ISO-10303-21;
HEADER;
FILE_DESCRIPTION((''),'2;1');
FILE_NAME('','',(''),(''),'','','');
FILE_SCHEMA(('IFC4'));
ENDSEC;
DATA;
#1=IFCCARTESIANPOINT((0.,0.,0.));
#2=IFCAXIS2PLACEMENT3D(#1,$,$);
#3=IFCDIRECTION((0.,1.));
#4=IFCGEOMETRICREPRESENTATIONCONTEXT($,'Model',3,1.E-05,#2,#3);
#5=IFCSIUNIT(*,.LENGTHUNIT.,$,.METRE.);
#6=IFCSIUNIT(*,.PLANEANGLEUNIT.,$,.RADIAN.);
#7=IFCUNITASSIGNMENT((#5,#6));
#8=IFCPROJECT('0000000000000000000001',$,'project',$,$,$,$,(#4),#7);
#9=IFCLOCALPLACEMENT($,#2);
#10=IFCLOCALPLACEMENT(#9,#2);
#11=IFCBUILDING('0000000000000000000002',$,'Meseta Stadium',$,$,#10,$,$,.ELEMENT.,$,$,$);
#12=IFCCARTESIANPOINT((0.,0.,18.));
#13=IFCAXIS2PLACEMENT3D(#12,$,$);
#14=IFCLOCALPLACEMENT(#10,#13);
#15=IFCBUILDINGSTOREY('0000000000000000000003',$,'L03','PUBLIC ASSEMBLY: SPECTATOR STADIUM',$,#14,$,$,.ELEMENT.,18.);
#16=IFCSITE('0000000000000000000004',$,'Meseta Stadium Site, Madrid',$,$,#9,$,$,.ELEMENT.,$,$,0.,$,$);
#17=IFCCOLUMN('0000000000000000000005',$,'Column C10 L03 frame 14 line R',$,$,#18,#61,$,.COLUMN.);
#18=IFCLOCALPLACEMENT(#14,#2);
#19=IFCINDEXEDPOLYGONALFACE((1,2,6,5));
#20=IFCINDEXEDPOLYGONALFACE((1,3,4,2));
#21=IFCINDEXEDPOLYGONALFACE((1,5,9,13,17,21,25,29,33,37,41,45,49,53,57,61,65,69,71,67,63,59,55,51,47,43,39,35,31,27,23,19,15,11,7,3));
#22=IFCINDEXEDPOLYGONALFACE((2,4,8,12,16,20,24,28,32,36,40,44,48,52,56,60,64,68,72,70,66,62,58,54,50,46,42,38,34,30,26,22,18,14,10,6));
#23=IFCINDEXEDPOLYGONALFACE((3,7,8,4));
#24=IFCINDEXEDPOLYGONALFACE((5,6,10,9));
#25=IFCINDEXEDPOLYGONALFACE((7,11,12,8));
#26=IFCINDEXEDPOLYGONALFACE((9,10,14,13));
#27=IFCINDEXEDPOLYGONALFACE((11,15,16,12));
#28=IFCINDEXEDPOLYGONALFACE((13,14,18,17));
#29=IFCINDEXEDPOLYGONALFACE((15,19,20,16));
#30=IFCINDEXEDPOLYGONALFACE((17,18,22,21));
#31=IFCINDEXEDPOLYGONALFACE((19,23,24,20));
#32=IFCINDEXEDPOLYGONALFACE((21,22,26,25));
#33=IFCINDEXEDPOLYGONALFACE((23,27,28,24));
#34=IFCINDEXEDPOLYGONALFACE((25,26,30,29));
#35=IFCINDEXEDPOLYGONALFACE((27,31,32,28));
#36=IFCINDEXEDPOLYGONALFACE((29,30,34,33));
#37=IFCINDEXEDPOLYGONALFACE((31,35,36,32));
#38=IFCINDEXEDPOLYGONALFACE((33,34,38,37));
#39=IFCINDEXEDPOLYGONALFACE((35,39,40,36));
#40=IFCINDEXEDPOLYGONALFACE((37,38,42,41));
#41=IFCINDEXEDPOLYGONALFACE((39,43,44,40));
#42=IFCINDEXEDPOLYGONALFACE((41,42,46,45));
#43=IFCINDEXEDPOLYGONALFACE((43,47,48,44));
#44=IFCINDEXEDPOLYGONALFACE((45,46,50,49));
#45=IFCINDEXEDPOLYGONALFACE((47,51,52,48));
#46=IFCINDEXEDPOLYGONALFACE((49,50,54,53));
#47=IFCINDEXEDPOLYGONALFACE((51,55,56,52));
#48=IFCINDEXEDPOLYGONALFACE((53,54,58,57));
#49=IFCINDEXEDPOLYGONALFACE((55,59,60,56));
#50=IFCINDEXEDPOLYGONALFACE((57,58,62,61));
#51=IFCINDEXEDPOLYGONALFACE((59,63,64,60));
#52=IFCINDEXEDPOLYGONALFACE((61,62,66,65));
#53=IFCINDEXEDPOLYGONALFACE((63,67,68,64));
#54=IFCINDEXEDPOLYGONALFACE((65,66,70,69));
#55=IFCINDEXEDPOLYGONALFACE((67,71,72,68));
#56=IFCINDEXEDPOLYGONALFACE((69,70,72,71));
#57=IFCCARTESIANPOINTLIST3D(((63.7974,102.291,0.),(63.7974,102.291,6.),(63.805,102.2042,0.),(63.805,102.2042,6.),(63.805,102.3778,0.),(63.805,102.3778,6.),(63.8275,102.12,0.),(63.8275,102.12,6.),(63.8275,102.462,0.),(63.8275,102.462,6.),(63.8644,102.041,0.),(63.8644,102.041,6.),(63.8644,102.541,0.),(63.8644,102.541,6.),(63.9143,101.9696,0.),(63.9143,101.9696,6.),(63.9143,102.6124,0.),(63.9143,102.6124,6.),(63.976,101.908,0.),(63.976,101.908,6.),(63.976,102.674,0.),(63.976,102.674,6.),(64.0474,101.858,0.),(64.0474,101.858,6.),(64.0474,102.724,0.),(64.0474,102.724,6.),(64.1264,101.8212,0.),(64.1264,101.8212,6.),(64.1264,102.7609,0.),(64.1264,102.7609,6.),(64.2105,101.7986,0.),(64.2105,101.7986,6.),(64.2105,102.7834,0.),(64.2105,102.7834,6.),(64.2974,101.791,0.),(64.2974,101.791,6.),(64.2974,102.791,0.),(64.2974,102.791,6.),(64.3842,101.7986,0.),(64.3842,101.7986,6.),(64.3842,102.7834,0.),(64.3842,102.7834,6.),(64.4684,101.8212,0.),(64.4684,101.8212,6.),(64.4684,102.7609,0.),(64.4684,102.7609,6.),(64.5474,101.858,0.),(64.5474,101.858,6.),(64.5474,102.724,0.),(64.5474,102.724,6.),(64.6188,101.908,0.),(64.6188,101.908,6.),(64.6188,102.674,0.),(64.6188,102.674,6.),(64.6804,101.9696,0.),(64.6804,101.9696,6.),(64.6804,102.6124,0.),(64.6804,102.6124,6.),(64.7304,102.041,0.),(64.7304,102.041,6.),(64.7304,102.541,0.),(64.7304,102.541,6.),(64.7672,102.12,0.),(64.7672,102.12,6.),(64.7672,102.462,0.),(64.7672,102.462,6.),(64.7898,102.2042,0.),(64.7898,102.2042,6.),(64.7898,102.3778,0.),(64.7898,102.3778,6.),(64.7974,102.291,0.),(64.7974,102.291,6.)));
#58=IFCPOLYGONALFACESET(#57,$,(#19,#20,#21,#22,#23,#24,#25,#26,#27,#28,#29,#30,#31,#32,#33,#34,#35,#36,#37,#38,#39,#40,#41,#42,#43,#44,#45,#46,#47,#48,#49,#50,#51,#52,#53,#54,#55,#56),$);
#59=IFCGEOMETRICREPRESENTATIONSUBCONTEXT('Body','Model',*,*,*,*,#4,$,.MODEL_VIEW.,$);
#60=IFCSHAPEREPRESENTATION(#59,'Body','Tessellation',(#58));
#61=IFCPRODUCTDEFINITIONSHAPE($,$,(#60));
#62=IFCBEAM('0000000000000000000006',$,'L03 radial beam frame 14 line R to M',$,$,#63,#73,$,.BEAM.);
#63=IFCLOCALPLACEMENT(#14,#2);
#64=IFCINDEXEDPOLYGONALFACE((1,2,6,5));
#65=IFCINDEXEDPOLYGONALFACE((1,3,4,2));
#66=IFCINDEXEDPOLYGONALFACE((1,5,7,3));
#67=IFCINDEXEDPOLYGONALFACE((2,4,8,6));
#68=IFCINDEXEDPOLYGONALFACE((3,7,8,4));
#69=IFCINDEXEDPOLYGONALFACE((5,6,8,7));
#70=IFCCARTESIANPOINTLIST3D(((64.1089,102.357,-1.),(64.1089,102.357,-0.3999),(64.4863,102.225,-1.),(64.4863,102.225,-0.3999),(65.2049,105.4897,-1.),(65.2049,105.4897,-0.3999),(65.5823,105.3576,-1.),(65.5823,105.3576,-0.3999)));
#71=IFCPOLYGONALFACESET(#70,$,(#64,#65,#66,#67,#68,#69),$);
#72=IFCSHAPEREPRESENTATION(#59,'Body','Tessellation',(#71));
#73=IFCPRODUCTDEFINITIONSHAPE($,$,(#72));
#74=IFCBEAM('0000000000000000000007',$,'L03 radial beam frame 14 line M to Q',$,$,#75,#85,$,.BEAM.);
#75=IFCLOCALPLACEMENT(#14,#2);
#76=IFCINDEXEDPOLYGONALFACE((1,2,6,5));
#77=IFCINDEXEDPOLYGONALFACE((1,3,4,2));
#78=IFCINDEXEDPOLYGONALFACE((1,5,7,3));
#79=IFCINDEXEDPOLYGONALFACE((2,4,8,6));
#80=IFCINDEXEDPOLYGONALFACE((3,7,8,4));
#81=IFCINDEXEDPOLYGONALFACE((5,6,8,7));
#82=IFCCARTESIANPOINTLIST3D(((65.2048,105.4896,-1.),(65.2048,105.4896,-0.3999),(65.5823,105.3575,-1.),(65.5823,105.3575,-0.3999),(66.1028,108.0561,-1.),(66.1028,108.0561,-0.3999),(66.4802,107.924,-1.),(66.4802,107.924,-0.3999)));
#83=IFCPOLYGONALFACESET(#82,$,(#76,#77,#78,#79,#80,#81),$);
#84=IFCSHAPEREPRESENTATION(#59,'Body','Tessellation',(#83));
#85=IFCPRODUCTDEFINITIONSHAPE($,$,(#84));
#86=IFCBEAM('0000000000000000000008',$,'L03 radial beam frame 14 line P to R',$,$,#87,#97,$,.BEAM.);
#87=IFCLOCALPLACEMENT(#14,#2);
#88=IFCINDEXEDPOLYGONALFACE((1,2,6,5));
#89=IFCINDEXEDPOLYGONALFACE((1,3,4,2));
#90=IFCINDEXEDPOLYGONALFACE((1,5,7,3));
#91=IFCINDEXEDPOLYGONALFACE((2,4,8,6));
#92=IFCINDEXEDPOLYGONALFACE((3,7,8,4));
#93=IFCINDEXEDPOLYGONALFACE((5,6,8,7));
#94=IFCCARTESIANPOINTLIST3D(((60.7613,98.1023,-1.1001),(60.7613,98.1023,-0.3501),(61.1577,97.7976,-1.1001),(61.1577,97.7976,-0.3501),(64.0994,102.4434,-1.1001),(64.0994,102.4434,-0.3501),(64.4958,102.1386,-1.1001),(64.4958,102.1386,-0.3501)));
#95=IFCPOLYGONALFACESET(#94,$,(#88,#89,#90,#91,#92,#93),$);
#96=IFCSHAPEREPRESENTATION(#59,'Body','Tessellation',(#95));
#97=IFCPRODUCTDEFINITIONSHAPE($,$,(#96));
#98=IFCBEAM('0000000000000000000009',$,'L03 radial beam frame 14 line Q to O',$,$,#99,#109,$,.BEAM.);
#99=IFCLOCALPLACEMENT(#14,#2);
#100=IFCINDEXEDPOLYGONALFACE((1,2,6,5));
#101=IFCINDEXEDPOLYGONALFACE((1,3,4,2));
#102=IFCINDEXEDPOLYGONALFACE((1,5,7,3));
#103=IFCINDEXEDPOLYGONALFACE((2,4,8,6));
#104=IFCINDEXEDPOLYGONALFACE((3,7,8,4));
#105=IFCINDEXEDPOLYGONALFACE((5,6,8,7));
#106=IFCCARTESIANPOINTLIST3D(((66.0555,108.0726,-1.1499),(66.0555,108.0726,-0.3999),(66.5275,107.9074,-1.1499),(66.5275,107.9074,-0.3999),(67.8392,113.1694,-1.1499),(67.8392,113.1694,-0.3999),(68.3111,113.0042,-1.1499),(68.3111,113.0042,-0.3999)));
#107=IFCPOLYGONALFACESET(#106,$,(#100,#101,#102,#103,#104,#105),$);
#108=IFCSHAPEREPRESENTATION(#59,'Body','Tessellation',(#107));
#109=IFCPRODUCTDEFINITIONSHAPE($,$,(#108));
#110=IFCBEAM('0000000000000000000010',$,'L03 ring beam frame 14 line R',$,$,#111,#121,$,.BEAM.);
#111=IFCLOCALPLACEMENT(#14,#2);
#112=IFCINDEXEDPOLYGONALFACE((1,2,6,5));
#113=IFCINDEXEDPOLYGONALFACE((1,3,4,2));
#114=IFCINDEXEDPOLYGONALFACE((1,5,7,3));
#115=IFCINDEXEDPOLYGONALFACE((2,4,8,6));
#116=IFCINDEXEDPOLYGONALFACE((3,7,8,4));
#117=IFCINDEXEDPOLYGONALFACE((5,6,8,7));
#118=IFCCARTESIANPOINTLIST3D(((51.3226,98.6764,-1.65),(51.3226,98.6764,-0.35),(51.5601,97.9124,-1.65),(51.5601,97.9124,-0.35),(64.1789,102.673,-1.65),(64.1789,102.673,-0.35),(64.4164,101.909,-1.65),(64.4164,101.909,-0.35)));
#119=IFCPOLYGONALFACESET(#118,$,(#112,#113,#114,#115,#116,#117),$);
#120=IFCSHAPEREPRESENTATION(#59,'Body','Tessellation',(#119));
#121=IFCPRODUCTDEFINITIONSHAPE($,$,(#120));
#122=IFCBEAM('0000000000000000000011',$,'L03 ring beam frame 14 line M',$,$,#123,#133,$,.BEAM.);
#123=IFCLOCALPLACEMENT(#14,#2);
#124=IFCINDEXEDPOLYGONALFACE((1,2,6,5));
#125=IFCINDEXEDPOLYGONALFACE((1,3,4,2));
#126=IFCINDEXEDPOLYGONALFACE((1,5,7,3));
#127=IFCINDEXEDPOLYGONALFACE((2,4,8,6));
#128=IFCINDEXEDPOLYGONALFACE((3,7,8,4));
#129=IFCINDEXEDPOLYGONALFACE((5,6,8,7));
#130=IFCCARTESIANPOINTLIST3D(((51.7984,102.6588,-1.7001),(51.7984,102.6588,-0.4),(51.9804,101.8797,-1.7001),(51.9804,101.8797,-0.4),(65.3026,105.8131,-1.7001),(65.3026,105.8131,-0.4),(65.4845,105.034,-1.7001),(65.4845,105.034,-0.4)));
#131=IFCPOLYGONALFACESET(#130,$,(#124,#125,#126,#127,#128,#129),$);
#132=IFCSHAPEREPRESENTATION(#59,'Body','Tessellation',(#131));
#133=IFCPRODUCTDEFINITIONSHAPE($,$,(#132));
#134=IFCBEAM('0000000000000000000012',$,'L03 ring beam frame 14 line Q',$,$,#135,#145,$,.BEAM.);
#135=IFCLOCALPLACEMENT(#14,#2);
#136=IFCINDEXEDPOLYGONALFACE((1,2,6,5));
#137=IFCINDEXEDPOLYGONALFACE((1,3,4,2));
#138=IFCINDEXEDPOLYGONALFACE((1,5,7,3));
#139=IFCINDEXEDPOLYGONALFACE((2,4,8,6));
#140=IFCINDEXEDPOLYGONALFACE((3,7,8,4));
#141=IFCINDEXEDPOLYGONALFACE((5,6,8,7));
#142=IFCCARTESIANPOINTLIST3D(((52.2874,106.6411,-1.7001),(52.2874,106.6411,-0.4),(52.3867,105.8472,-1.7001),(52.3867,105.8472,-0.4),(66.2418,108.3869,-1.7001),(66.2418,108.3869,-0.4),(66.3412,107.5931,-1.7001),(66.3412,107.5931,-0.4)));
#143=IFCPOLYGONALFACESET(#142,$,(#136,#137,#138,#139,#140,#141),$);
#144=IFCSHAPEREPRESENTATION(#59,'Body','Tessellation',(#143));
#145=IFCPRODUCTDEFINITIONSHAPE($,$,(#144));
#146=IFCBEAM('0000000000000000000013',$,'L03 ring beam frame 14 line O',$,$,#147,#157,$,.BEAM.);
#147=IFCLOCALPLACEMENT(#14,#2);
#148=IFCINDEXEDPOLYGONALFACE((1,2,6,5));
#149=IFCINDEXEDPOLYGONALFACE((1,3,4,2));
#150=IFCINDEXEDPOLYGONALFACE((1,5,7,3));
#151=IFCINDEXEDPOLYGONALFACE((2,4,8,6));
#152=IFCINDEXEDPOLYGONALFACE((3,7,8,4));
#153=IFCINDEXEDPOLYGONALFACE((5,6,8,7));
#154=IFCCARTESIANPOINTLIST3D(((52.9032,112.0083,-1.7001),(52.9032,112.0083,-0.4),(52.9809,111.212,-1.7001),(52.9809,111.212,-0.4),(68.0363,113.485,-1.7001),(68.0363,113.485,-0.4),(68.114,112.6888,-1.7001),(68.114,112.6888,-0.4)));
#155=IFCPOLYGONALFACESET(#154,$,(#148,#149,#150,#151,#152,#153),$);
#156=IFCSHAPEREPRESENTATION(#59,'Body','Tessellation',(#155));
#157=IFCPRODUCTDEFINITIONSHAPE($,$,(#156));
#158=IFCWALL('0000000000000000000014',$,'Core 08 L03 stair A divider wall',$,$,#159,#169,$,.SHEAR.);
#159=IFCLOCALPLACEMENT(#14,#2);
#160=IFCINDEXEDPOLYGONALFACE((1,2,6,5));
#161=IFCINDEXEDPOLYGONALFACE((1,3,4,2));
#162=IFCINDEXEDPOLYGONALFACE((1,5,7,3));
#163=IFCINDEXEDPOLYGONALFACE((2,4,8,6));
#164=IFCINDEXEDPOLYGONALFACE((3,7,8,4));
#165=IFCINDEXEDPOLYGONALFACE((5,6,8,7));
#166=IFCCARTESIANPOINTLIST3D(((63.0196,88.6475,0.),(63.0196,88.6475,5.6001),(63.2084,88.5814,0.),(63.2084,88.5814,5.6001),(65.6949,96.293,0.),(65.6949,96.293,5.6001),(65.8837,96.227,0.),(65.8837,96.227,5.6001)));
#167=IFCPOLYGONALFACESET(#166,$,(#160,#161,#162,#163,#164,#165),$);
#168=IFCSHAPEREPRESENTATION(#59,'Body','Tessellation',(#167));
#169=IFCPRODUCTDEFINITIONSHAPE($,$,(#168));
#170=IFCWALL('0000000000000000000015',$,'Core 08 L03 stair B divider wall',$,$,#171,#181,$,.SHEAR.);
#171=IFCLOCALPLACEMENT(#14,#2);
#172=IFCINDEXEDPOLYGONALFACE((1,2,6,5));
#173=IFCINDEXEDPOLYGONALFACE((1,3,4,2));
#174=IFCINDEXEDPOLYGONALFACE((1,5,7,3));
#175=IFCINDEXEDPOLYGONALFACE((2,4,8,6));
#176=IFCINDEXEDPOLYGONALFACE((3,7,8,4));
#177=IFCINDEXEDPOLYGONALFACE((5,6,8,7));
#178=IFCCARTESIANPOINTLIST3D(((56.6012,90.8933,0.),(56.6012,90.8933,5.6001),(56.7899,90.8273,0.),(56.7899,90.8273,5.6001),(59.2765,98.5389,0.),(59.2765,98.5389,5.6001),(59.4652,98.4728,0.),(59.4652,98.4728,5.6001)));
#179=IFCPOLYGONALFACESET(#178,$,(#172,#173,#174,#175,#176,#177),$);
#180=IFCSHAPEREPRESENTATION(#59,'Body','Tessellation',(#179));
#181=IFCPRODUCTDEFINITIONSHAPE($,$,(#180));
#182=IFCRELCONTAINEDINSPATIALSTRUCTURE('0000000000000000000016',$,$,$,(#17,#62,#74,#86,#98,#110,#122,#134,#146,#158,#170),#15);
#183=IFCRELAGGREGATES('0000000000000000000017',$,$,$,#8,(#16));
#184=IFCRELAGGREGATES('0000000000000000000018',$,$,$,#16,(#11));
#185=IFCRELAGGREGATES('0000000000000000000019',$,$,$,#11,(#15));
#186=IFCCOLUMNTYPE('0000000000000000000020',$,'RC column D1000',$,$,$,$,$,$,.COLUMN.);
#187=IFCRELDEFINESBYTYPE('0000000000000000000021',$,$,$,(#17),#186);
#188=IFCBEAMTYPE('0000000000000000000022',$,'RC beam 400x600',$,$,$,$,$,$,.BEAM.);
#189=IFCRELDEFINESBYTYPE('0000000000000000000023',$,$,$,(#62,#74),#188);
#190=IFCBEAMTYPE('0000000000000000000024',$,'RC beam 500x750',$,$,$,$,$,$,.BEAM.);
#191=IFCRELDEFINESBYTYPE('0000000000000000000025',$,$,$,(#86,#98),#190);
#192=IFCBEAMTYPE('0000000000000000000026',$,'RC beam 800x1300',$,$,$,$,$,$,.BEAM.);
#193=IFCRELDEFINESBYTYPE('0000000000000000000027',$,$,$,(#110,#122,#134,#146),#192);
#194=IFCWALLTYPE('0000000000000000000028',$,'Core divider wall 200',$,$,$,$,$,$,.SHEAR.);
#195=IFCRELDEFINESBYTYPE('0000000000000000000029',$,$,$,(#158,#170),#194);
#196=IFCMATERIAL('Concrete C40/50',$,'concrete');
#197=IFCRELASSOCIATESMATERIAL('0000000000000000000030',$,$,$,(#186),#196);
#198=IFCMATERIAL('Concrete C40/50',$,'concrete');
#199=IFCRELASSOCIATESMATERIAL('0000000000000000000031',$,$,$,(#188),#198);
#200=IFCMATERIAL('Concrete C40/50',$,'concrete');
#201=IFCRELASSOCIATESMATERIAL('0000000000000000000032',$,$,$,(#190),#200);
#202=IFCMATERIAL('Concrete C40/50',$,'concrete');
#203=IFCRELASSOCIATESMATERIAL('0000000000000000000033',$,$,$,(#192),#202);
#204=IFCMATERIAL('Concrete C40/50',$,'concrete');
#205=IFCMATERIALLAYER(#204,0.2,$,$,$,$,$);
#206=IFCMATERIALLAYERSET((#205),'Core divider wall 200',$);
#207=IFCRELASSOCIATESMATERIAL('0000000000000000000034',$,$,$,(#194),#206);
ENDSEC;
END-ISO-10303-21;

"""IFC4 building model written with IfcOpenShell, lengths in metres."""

from ifc_helpers import new_model, si_unit, direction, frame, frame_2d, origin, origin_2d, place, context, subcontext, project, spatial, rectangle, circle, extrude, material, layer, layer_set, material_profile, profile_set, type_object, element, save


model = new_model("IFC4")

# Units and contexts
model_context = context("Model", 3, precision=1e-05, world=origin(), true_north=direction((0.0, 1.0)))
body_context = subcontext(model_context, "Body", "Model", "MODEL_VIEW")
ifc_project = project(units=[si_unit("LENGTHUNIT", "METRE"), si_unit("PLANEANGLEUNIT", "RADIAN")], contexts=[model_context])

# Site, building, storey
site_placement = place(None, origin())
site = spatial("IfcSite", under=ifc_project, at=site_placement, Name="Meseta Stadium Site, Madrid", CompositionType="ELEMENT", RefElevation=0.0)
building_placement = place(site_placement, origin())
building = spatial("IfcBuilding", under=site, at=building_placement, Name="Meseta Stadium", CompositionType="ELEMENT")
storey_placement = place(building_placement, frame((0.0, 0.0, 18.0)))
storey = spatial("IfcBuildingStorey", under=building, at=storey_placement, Name="L03", Description="PUBLIC ASSEMBLY: SPECTATOR STADIUM", CompositionType="ELEMENT", Elevation=18.0)

# Column
ifc_material_1 = material(Name="Concrete C40/50", Category="concrete")
ifc_material_profile_1 = material_profile(ifc_material_1, circle(Radius=0.5, at=origin_2d()), Name="RC D1000")
ifc_profile_set_1 = profile_set([ifc_material_profile_1], Name="Concrete C40/50")
column_type = type_object("IfcColumnType", Name="RC column D1000", PredefinedType="COLUMN", material=ifc_profile_set_1)
column_placement = place(storey_placement, frame((64.2974, 102.291, 0.0), z_axis=(0.0, 0.0, 1.0), x_axis=(1.0, 0.0, 0.0)))
element("IfcColumn", 1, at=column_placement, inside=storey, type_object=column_type, Name="Column C10 L03 frame 14 line R", PredefinedType="COLUMN", context=body_context, shape_type="SweptSolid", body=[
    extrude(circle(Radius=0.5, at=origin_2d()), origin(), (0.0, 0.0, 1.0), 6.0),
])

# Beams
ifc_material_2 = material(Name="Concrete C40/50", Category="concrete")
ifc_material_profile_2 = material_profile(ifc_material_2, rectangle(XDim=0.3999, YDim=0.6001, at=origin_2d()), Name="RC 400x600")
ifc_profile_set_2 = profile_set([ifc_material_profile_2], Name="Concrete C40/50")
beam_type_1 = type_object("IfcBeamType", Name="RC beam 400x600", PredefinedType="BEAM", material=ifc_profile_set_2)
beam_1_placement = place(storey_placement, frame((64.2976, 102.291, -0.7), z_axis=(0.330229, 0.943901, 0.0), x_axis=(-0.943901, 0.330229, 0.0)))
element("IfcBeam", 2, at=beam_1_placement, inside=storey, type_object=beam_type_1, Name="L03 radial beam frame 14 line R to M", PredefinedType="BEAM", context=body_context, shape_type="SweptSolid", body=[
    extrude(rectangle(XDim=0.3999, YDim=0.6001, at=origin_2d()), origin(), (0.0, 0.0, 1.0), 3.3188),
])
beam_2_placement = place(storey_placement, frame((65.3936, 105.4236, -0.7), z_axis=(0.330254, 0.943892, 0.0), x_axis=(-0.943892, 0.330254, 0.0)))
element("IfcBeam", 3, at=beam_2_placement, inside=storey, type_object=beam_type_1, Name="L03 radial beam frame 14 line M to Q", PredefinedType="BEAM", context=body_context, shape_type="SweptSolid", body=[
    extrude(rectangle(XDim=0.3999, YDim=0.6001, at=origin_2d()), origin(), (0.0, 0.0, 1.0), 2.719),
])
ifc_material_3 = material(Name="Concrete C40/50", Category="concrete")
ifc_material_profile_3 = material_profile(ifc_material_3, rectangle(XDim=0.5, YDim=0.75, at=origin_2d()), Name="RC 500x750")
ifc_profile_set_3 = profile_set([ifc_material_profile_3], Name="Concrete C40/50")
beam_type_2 = type_object("IfcBeamType", Name="RC beam 500x750", PredefinedType="BEAM", material=ifc_profile_set_3)
beam_3_placement = place(storey_placement, frame((60.9595, 97.95, -0.7251), z_axis=(0.609579, 0.792725, 0.0), x_axis=(-0.792725, 0.609579, 0.0)))
element("IfcBeam", 4, at=beam_3_placement, inside=storey, type_object=beam_type_2, Name="L03 radial beam frame 14 line P to R", PredefinedType="BEAM", context=body_context, shape_type="SweptSolid", body=[
    extrude(rectangle(XDim=0.5, YDim=0.75, at=origin_2d()), origin(), (0.0, 0.0, 1.0), 5.4761),
])
beam_4_placement = place(storey_placement, frame((66.2915, 107.99, -0.7749), z_axis=(0.330312, 0.943872, 0.0), x_axis=(-0.943872, 0.330312, 0.0)))
element("IfcBeam", 5, at=beam_4_placement, inside=storey, type_object=beam_type_2, Name="L03 radial beam frame 14 line Q to O", PredefinedType="BEAM", context=body_context, shape_type="SweptSolid", body=[
    extrude(rectangle(XDim=0.5, YDim=0.75, at=origin_2d()), origin(), (0.0, 0.0, 1.0), 5.3999),
])
ifc_material_4 = material(Name="Concrete C40/50", Category="concrete")
ifc_material_profile_4 = material_profile(ifc_material_4, rectangle(XDim=0.8, YDim=1.3, at=origin_2d()), Name="RC 800x1300")
ifc_profile_set_4 = profile_set([ifc_material_profile_4], Name="Concrete C40/50")
beam_type_3 = type_object("IfcBeamType", Name="RC beam 800x1300", PredefinedType="BEAM", material=ifc_profile_set_4)
beam_5_placement = place(storey_placement, frame((64.2976, 102.291, -1.0), z_axis=(-0.954923, -0.296855, 0.0), x_axis=(0.296855, -0.954923, 0.0)))
element("IfcBeam", 6, at=beam_5_placement, inside=storey, type_object=beam_type_3, Name="L03 ring beam frame 14 line R", PredefinedType="BEAM", context=body_context, shape_type="SweptSolid", body=[
    extrude(rectangle(XDim=0.8, YDim=1.3, at=origin_2d()), origin(), (0.0, 0.0, 1.0), 13.4631),
])
beam_6_placement = place(storey_placement, frame((65.3936, 105.4236, -1.05), z_axis=(-0.973788, -0.227457, 0.0), x_axis=(0.227457, -0.973788, 0.0)))
element("IfcBeam", 7, at=beam_6_placement, inside=storey, type_object=beam_type_3, Name="L03 ring beam frame 14 line M", PredefinedType="BEAM", context=body_context, shape_type="SweptSolid", body=[
    extrude(rectangle(XDim=0.8, YDim=1.3, at=origin_2d()), origin(), (0.0, 0.0, 1.0), 13.8677),
])
beam_7_placement = place(storey_placement, frame((66.2915, 107.99, -1.05), z_axis=(-0.992264, -0.124144, 0.0), x_axis=(0.124144, -0.992264, 0.0)))
element("IfcBeam", 8, at=beam_7_placement, inside=storey, type_object=beam_type_3, Name="L03 ring beam frame 14 line Q", PredefinedType="BEAM", context=body_context, shape_type="SweptSolid", body=[
    extrude(rectangle(XDim=0.8, YDim=1.3, at=origin_2d()), origin(), (0.0, 0.0, 1.0), 14.0632),
])
beam_8_placement = place(storey_placement, frame((68.0752, 113.0869, -1.05), z_axis=(-0.995272, -0.097125, 0.0), x_axis=(0.097125, -0.995272, 0.0)))
element("IfcBeam", 9, at=beam_8_placement, inside=storey, type_object=beam_type_3, Name="L03 ring beam frame 14 line O", PredefinedType="BEAM", context=body_context, shape_type="SweptSolid", body=[
    extrude(rectangle(XDim=0.8, YDim=1.3, at=origin_2d()), origin(), (0.0, 0.0, 1.0), 15.2051),
])

# Walls
ifc_material_5 = material(Name="Concrete C40/50", Category="concrete")
ifc_layer_1 = layer(ifc_material_5, 0.2)
ifc_layer_set_1 = layer_set([ifc_layer_1], Name="Core divider wall 200")
wall_type_1 = type_object("IfcWallType", Name="Core divider wall 200", PredefinedType="SHEAR", material=ifc_layer_set_1)
for number, where, z_axis, x_axis, name in (
    (10, (65.7893, 96.26, 0.0), (0.0, 0.0, 1.0), (-0.330281, -0.943883, 0.0), "Core 08 L03 stair A divider wall"),
    (11, (59.3708, 98.5059, 0.0), (0.0, 0.0, 1.0), (-0.330281, -0.943883, 0.0), "Core 08 L03 stair B divider wall"),
):
    element("IfcWall", number, at=place(storey_placement, frame(where, z_axis=z_axis, x_axis=x_axis)), inside=storey, type_object=wall_type_1, Name=name, PredefinedType="SHEAR", context=body_context, shape_type="SweptSolid", body=[
        extrude(rectangle(XDim=8.1001, YDim=0.2, at=frame_2d((4.05, 0.0))), origin(), (0.0, 0.0, 1.0), 5.6001),
    ])

save(model, "model.ifc")
